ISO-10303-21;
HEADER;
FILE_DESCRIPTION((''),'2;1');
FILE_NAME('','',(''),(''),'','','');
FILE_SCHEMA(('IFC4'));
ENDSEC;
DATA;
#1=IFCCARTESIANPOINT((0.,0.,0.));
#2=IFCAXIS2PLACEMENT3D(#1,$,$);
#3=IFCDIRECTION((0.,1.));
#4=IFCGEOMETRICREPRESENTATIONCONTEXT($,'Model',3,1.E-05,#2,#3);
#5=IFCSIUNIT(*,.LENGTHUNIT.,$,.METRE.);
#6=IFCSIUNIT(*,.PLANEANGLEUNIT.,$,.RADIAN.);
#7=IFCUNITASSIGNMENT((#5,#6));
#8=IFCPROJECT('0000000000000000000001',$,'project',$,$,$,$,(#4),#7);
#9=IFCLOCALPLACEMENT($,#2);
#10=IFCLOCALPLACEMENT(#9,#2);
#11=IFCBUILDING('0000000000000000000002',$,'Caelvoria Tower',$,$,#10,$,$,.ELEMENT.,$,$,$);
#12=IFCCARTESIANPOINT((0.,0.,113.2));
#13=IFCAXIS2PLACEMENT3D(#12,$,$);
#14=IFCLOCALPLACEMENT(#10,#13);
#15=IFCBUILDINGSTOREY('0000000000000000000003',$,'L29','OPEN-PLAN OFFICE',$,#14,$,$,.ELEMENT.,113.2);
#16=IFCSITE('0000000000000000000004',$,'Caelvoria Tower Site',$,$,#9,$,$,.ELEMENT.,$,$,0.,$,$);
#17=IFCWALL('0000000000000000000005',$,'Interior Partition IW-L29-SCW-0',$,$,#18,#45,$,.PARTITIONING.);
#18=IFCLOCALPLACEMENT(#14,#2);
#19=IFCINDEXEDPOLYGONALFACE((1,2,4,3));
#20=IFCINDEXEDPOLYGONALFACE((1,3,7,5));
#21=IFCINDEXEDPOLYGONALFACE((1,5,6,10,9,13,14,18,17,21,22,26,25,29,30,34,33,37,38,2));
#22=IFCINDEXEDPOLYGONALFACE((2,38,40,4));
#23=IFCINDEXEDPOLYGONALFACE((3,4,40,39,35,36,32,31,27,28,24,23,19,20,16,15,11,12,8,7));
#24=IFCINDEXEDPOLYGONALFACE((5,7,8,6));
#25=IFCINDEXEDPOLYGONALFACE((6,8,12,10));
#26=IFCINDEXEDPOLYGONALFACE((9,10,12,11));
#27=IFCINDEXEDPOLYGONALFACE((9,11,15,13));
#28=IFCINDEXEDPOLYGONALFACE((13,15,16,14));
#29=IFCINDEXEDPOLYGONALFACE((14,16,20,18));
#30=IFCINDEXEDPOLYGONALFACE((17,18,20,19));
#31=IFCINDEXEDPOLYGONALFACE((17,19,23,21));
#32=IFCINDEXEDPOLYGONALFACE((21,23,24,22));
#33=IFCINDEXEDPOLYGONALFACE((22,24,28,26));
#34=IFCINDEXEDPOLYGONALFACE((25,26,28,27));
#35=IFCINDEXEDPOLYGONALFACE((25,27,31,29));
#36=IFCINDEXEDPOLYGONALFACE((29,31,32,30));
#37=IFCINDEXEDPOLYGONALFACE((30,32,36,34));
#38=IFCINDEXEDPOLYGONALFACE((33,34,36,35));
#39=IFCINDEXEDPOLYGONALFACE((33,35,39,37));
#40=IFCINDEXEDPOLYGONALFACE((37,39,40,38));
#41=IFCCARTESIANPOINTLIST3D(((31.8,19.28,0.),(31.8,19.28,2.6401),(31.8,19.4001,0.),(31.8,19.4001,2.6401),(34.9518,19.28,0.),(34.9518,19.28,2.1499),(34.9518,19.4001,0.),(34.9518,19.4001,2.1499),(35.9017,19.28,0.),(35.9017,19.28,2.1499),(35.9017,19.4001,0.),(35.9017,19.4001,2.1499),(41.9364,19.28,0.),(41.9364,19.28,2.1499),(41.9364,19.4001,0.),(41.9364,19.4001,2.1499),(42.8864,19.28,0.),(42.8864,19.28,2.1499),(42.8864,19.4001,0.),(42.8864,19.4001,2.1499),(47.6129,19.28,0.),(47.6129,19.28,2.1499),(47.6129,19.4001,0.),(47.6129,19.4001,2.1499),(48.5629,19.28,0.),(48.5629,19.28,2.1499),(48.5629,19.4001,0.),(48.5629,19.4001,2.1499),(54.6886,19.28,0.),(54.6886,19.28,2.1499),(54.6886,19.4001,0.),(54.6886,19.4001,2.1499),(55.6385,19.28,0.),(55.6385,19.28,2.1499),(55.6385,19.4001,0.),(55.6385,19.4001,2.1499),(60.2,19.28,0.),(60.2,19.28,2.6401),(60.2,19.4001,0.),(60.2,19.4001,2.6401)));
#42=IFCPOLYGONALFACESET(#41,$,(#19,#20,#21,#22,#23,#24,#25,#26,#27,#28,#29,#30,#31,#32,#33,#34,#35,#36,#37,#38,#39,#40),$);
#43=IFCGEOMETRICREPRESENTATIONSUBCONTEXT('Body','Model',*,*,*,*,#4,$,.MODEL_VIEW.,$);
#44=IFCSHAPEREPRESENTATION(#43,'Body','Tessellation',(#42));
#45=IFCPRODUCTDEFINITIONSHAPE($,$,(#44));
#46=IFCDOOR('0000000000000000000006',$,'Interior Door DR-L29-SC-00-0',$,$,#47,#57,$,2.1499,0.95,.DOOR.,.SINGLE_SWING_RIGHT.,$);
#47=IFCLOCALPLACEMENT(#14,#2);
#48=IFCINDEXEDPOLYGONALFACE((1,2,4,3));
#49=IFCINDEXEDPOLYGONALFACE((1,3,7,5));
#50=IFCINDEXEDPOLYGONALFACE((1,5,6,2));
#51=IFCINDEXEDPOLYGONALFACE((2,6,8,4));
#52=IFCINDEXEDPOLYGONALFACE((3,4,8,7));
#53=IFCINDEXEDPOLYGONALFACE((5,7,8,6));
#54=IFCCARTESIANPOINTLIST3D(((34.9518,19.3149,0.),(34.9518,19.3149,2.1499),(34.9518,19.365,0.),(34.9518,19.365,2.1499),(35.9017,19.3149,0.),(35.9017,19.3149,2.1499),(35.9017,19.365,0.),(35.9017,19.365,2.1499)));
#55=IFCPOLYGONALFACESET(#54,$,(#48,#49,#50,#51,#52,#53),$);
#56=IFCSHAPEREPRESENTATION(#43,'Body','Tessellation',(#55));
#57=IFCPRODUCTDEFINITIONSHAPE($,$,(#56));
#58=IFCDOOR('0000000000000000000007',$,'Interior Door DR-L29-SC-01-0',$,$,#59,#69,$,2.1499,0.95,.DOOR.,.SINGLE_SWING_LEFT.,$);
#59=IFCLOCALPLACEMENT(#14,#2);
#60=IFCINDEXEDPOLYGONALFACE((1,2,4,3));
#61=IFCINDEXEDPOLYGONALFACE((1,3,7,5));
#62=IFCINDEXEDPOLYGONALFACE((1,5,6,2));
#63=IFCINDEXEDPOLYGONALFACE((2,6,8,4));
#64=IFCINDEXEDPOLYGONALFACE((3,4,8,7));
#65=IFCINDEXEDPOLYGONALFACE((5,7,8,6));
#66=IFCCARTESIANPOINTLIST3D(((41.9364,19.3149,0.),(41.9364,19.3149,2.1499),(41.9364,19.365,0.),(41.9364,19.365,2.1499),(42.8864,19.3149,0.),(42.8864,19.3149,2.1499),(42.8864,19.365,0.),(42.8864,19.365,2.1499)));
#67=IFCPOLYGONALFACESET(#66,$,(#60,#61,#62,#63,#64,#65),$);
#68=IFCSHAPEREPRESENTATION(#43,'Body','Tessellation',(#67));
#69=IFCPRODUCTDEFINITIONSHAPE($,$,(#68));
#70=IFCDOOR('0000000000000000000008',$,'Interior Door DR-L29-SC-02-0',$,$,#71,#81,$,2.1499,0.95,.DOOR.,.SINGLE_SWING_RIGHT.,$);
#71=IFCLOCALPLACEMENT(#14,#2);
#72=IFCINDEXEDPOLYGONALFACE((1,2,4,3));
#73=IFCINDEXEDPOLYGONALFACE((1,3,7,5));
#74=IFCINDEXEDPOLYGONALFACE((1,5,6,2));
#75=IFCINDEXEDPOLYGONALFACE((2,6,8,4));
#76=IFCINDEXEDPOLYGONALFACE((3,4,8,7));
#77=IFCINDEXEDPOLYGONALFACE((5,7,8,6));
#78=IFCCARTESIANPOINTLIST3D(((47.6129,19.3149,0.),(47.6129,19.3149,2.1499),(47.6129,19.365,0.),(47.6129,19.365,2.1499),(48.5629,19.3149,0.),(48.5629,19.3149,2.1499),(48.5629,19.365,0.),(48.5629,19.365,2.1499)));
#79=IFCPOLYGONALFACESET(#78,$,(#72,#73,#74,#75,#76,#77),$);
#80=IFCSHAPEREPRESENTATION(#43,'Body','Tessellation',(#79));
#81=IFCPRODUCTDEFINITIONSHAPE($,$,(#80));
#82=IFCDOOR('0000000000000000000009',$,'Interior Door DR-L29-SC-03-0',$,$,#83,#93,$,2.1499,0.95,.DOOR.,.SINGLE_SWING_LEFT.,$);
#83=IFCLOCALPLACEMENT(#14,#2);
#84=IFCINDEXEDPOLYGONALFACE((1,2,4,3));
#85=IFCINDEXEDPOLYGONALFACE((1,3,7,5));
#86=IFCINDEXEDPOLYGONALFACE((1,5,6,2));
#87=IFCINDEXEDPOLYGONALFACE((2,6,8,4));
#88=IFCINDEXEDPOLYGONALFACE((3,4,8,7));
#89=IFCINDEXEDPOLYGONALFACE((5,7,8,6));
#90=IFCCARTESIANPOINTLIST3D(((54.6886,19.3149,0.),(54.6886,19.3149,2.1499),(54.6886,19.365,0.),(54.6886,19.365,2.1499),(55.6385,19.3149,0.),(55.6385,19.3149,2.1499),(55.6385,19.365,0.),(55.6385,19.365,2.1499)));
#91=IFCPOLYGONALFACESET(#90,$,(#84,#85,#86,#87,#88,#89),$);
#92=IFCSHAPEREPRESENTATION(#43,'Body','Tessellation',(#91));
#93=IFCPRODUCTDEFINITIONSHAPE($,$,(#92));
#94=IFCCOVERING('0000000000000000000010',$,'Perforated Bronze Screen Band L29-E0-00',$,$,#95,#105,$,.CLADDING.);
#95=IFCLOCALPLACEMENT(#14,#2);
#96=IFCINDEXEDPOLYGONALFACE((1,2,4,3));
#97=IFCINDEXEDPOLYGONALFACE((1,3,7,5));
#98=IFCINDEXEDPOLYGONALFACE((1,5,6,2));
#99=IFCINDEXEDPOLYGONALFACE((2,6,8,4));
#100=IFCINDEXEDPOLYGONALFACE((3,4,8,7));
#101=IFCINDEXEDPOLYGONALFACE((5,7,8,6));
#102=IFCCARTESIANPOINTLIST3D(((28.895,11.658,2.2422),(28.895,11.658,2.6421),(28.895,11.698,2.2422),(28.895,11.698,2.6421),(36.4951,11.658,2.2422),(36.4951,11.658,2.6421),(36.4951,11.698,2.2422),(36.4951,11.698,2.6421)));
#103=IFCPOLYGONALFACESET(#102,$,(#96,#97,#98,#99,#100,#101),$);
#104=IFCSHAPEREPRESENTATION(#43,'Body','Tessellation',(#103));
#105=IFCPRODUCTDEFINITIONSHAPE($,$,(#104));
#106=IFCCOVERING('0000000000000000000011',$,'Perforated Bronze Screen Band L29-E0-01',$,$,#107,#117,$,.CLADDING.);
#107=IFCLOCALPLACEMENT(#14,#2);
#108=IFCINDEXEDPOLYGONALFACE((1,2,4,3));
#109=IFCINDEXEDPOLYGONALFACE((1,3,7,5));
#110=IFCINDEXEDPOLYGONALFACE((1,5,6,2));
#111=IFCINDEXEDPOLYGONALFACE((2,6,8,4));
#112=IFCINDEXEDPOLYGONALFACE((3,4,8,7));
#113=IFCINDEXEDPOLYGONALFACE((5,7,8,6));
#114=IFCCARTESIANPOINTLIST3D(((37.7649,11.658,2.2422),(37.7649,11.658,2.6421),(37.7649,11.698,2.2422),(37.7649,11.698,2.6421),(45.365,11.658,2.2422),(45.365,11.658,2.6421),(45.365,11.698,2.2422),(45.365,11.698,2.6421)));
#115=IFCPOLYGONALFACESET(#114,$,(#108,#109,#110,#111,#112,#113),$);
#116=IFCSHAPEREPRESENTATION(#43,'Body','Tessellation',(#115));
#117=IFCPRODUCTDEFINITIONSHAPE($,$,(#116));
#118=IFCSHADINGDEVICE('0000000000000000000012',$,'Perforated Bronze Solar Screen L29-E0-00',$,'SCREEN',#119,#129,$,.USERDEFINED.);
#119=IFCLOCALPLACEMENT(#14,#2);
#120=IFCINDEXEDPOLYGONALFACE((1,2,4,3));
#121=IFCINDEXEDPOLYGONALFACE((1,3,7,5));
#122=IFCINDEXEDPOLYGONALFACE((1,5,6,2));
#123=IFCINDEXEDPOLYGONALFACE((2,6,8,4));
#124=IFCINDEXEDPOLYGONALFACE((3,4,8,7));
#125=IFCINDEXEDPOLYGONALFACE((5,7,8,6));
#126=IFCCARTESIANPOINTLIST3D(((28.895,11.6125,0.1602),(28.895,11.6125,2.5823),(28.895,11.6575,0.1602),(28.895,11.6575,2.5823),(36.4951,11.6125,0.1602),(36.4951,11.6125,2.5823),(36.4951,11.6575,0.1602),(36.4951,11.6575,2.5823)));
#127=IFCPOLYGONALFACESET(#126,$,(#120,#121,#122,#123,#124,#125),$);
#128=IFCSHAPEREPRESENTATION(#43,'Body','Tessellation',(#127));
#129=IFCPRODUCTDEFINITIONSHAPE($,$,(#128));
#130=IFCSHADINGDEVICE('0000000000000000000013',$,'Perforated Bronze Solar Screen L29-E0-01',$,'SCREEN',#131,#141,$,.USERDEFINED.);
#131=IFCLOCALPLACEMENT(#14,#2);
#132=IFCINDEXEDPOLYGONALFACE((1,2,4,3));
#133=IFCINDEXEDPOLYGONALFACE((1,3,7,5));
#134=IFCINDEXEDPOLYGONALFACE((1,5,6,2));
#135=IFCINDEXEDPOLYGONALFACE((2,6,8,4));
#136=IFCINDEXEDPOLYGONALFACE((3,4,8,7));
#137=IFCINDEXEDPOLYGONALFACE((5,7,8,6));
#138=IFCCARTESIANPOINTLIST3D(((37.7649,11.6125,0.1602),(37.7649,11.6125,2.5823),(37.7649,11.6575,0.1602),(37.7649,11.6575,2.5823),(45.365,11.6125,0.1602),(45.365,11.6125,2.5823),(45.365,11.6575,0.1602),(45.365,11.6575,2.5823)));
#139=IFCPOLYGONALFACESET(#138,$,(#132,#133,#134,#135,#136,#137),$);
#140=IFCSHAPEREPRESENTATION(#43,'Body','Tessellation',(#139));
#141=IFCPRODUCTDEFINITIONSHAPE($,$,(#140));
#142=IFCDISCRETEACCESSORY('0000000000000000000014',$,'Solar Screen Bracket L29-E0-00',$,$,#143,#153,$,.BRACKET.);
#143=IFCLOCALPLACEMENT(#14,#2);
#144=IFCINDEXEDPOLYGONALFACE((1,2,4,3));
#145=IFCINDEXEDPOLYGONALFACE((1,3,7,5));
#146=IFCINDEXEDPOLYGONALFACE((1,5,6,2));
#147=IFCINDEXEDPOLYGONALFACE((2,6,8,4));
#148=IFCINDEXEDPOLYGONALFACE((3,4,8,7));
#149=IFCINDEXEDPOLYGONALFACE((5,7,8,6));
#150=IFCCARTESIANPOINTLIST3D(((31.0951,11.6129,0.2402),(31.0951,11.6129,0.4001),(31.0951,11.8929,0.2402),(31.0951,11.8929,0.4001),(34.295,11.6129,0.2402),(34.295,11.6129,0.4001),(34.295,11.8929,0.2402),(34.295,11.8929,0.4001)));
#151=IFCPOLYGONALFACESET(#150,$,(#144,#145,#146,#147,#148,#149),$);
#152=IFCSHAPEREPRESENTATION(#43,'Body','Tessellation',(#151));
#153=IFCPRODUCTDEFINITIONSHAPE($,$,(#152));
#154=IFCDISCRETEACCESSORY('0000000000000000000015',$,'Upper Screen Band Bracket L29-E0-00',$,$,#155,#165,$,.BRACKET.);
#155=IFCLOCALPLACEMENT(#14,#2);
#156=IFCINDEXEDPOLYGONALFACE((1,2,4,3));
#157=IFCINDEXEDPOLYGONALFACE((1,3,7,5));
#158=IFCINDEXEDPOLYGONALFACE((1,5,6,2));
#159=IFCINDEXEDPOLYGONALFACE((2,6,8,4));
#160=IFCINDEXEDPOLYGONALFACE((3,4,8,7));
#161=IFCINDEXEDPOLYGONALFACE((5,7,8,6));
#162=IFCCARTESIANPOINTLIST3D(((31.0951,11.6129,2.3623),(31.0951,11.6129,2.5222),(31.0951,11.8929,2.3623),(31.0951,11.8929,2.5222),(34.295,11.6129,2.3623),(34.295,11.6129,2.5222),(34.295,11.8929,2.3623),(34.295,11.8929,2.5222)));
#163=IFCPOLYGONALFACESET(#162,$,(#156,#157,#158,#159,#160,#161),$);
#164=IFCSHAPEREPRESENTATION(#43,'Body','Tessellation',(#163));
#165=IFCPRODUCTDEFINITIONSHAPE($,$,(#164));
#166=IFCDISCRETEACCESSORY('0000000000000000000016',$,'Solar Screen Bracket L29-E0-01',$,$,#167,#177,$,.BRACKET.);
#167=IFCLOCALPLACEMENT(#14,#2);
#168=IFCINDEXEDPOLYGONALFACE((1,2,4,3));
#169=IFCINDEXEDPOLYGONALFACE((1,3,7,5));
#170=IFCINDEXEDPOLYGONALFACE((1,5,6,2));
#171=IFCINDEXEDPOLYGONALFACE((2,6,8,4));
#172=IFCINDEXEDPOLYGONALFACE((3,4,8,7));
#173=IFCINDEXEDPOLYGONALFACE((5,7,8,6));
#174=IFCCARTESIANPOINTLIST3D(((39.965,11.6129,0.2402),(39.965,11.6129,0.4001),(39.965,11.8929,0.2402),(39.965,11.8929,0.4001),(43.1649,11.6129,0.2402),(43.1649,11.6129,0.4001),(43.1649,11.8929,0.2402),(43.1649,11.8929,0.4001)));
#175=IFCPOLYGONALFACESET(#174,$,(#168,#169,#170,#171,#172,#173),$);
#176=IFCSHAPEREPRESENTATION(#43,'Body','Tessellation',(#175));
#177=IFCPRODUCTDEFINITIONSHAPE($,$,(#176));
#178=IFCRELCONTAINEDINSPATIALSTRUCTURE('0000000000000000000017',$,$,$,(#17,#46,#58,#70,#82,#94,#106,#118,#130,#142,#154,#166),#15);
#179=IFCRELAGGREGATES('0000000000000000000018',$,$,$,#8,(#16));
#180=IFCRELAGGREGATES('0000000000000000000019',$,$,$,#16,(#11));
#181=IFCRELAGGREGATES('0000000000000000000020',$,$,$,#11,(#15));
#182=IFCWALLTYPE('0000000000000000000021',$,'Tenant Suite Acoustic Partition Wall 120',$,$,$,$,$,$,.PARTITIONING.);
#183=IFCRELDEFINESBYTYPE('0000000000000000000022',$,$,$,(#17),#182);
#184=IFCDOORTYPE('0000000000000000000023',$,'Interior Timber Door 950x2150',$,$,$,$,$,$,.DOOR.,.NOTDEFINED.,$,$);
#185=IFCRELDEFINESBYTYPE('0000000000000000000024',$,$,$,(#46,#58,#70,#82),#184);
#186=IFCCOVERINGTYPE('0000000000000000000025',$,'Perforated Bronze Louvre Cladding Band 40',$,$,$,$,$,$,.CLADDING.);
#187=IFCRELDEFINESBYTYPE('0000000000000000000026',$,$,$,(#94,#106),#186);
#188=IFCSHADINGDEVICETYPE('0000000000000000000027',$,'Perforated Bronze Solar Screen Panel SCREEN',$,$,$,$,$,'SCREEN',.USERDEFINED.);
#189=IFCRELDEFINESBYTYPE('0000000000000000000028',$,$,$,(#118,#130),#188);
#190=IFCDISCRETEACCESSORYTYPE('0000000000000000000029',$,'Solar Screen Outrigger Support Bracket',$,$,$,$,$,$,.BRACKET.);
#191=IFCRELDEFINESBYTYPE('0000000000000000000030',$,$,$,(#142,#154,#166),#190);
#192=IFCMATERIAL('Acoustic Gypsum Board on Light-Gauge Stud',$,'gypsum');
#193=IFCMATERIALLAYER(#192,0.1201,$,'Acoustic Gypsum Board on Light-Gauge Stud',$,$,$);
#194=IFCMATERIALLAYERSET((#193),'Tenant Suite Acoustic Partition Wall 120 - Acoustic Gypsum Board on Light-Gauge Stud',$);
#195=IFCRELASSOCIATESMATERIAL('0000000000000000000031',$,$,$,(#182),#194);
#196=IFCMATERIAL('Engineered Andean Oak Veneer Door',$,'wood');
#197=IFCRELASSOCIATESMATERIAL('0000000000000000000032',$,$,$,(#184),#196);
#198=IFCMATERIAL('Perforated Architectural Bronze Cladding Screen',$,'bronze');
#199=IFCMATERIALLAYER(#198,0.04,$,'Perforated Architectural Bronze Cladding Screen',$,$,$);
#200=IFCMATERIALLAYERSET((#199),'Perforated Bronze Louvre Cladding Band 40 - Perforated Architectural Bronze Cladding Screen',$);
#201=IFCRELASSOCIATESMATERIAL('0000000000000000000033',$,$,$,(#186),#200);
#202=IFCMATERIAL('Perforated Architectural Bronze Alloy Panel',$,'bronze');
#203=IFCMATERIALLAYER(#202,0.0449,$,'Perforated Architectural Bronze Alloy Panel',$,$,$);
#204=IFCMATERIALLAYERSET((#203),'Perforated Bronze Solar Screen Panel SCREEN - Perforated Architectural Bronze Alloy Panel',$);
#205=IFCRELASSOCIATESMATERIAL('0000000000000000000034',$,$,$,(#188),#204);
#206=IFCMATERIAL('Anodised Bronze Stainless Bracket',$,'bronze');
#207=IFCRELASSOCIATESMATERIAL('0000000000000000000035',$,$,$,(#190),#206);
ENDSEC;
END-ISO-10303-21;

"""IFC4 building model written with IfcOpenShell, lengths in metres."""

from ifc_helpers import new_model, si_unit, direction, frame, frame_2d, origin, origin_2d, place, context, subcontext, project, spatial, rectangle, extrude, material, layer, layer_set, type_object, element, fill, save


model = new_model("IFC4")

# Units and contexts
model_context = context("Model", 3, precision=1e-05, world=origin(), true_north=direction((0.0, 1.0)))
body_context = subcontext(model_context, "Body", "Model", "MODEL_VIEW")
ifc_project = project(units=[si_unit("LENGTHUNIT", "METRE"), si_unit("PLANEANGLEUNIT", "RADIAN")], contexts=[model_context])

# Site, building, storey
site_placement = place(None, origin())
site = spatial("IfcSite", under=ifc_project, at=site_placement, Name="Caelvoria Tower Site", CompositionType="ELEMENT", RefElevation=0.0)
building_placement = place(site_placement, origin())
building = spatial("IfcBuilding", under=site, at=building_placement, Name="Caelvoria Tower", CompositionType="ELEMENT")
storey_placement = place(building_placement, frame((0.0, 0.0, 113.2)))
storey = spatial("IfcBuildingStorey", under=building, at=storey_placement, Name="L29", Description="OPEN-PLAN OFFICE", CompositionType="ELEMENT", Elevation=113.2)

# Wall, openings, doors
ifc_material_1 = material(Name="Acoustic Gypsum Board on Light-Gauge Stud", Category="gypsum")
ifc_layer_1 = layer(ifc_material_1, 0.1201, Name="Acoustic Gypsum Board on Light-Gauge Stud")
ifc_layer_set_1 = layer_set([ifc_layer_1], Name="Tenant Suite Acoustic Partition Wall 120 - Acoustic Gypsum Board on Light-Gauge Stud")
wall_type_1 = type_object("IfcWallType", Name="Tenant Suite Acoustic Partition Wall 120", PredefinedType="PARTITIONING", material=ifc_layer_set_1)
wall_1_placement = place(storey_placement, frame((31.8, 19.3401, 0.0), z_axis=(0.0, 0.0, 1.0), x_axis=(1.0, 0.0, 0.0)))
wall_1 = element("IfcWall", 1, at=wall_1_placement, inside=storey, type_object=wall_type_1, Name="Interior Partition IW-L29-SCW-0", PredefinedType="PARTITIONING", context=body_context, shape_type="SweptSolid", body=[
    extrude(rectangle(XDim=28.3999, YDim=0.1201, at=frame_2d((14.2, 0.0))), origin(), (0.0, 0.0, 1.0), 2.6401),
])
opening_1_placement = place(wall_1_placement, frame((3.1516, 0.0, 0.0)))
opening_1 = element("IfcOpeningElement", 2, at=opening_1_placement, cuts=wall_1, PredefinedType="OPENING", context=body_context, shape_type="SweptSolid", body=[
    extrude(rectangle(XDim=0.95, YDim=2.1499, at=frame_2d((0.4751, 1.075))), frame((0.0, 0.0701, 0.0), z_axis=(0.0, -1.0, 0.0), x_axis=(1.0, 0.0, 0.0)), (0.0, 0.0, 1.0), 0.1401),
])
opening_2_placement = place(wall_1_placement, frame((10.1362, 0.0, 0.0)))
opening_2 = element("IfcOpeningElement", 3, at=opening_2_placement, cuts=wall_1, PredefinedType="OPENING", context=body_context, shape_type="SweptSolid", body=[
    extrude(rectangle(XDim=0.95, YDim=2.1499, at=frame_2d((0.4751, 1.075))), frame((0.0, 0.0701, 0.0), z_axis=(0.0, -1.0, 0.0), x_axis=(1.0, 0.0, 0.0)), (0.0, 0.0, 1.0), 0.1401),
])
opening_3_placement = place(wall_1_placement, frame((15.8127, 0.0, 0.0)))
opening_3 = element("IfcOpeningElement", 4, at=opening_3_placement, cuts=wall_1, PredefinedType="OPENING", context=body_context, shape_type="SweptSolid", body=[
    extrude(rectangle(XDim=0.95, YDim=2.1499, at=frame_2d((0.4751, 1.075))), frame((0.0, 0.0701, 0.0), z_axis=(0.0, -1.0, 0.0), x_axis=(1.0, 0.0, 0.0)), (0.0, 0.0, 1.0), 0.1401),
])
opening_4_placement = place(wall_1_placement, frame((22.8884, 0.0, 0.0)))
opening_4 = element("IfcOpeningElement", 5, at=opening_4_placement, cuts=wall_1, PredefinedType="OPENING", context=body_context, shape_type="SweptSolid", body=[
    extrude(rectangle(XDim=0.95, YDim=2.1499, at=frame_2d((0.4751, 1.075))), frame((0.0, 0.0701, 0.0), z_axis=(0.0, -1.0, 0.0), x_axis=(1.0, 0.0, 0.0)), (0.0, 0.0, 1.0), 0.1401),
])
ifc_material_2 = material(Name="Engineered Andean Oak Veneer Door", Category="wood")
door_type = type_object("IfcDoorType", Name="Interior Timber Door 950x2150", OperationType="NOTDEFINED", PredefinedType="DOOR", material=ifc_material_2)
door_1_placement = place(opening_1_placement, origin())
door_1 = element("IfcDoor", 6, at=door_1_placement, inside=storey, type_object=door_type, Name="Interior Door DR-L29-SC-00-0", OperationType="SINGLE_SWING_RIGHT", OverallHeight=2.1499, OverallWidth=0.95, PredefinedType="DOOR", context=body_context, shape_type="SweptSolid", body=[
    extrude(rectangle(XDim=0.95, YDim=2.1499, at=frame_2d((0.4751, 1.075))), frame((0.0, 0.0249, 0.0), z_axis=(0.0, -1.0, 0.0), x_axis=(1.0, 0.0, 0.0)), (0.0, 0.0, 1.0), 0.05),
])
fill(opening_1, door_1)
door_2_placement = place(opening_2_placement, origin())
door_2 = element("IfcDoor", 7, at=door_2_placement, inside=storey, type_object=door_type, Name="Interior Door DR-L29-SC-01-0", OperationType="SINGLE_SWING_LEFT", OverallHeight=2.1499, OverallWidth=0.95, PredefinedType="DOOR", context=body_context, shape_type="SweptSolid", body=[
    extrude(rectangle(XDim=0.95, YDim=2.1499, at=frame_2d((0.4751, 1.075))), frame((0.0, 0.0249, 0.0), z_axis=(0.0, -1.0, 0.0), x_axis=(1.0, 0.0, 0.0)), (0.0, 0.0, 1.0), 0.05),
])
fill(opening_2, door_2)
door_3_placement = place(opening_3_placement, origin())
door_3 = element("IfcDoor", 8, at=door_3_placement, inside=storey, type_object=door_type, Name="Interior Door DR-L29-SC-02-0", OperationType="SINGLE_SWING_RIGHT", OverallHeight=2.1499, OverallWidth=0.95, PredefinedType="DOOR", context=body_context, shape_type="SweptSolid", body=[
    extrude(rectangle(XDim=0.95, YDim=2.1499, at=frame_2d((0.4751, 1.075))), frame((0.0, 0.0249, 0.0), z_axis=(0.0, -1.0, 0.0), x_axis=(1.0, 0.0, 0.0)), (0.0, 0.0, 1.0), 0.05),
])
fill(opening_3, door_3)
door_4_placement = place(opening_4_placement, origin())
door_4 = element("IfcDoor", 9, at=door_4_placement, inside=storey, type_object=door_type, Name="Interior Door DR-L29-SC-03-0", OperationType="SINGLE_SWING_LEFT", OverallHeight=2.1499, OverallWidth=0.95, PredefinedType="DOOR", context=body_context, shape_type="SweptSolid", body=[
    extrude(rectangle(XDim=0.95, YDim=2.1499, at=frame_2d((0.4751, 1.075))), frame((0.0, 0.0249, 0.0), z_axis=(0.0, -1.0, 0.0), x_axis=(1.0, 0.0, 0.0)), (0.0, 0.0, 1.0), 0.05),
])
fill(opening_4, door_4)

# Coverings
ifc_material_3 = material(Name="Perforated Architectural Bronze Cladding Screen", Category="bronze")
ifc_layer_2 = layer(ifc_material_3, 0.04, Name="Perforated Architectural Bronze Cladding Screen")
ifc_layer_set_2 = layer_set([ifc_layer_2], Name="Perforated Bronze Louvre Cladding Band 40 - Perforated Architectural Bronze Cladding Screen")
covering_type = type_object("IfcCoveringType", Name="Perforated Bronze Louvre Cladding Band 40", PredefinedType="CLADDING", material=ifc_layer_set_2)
for number, where, z_axis, x_axis, name in (
    (10, (32.6951, 11.678, 2.2422), (0.0, 0.0, 1.0), (1.0, 0.0, 0.0), "Perforated Bronze Screen Band L29-E0-00"),
    (11, (41.5649, 11.678, 2.2422), (0.0, 0.0, 1.0), (1.0, 0.0, 0.0), "Perforated Bronze Screen Band L29-E0-01"),
):
    element("IfcCovering", number, at=place(storey_placement, frame(where, z_axis=z_axis, x_axis=x_axis)), inside=storey, type_object=covering_type, Name=name, PredefinedType="CLADDING", context=body_context, shape_type="SweptSolid", body=[
        extrude(rectangle(XDim=7.6001, YDim=0.04, at=origin_2d()), origin(), (0.0, 0.0, 1.0), 0.3999),
    ])

# Shading devices
ifc_material_4 = material(Name="Perforated Architectural Bronze Alloy Panel", Category="bronze")
ifc_layer_3 = layer(ifc_material_4, 0.0449, Name="Perforated Architectural Bronze Alloy Panel")
ifc_layer_set_3 = layer_set([ifc_layer_3], Name="Perforated Bronze Solar Screen Panel SCREEN - Perforated Architectural Bronze Alloy Panel")
shading_device_type = type_object("IfcShadingDeviceType", Name="Perforated Bronze Solar Screen Panel SCREEN", ElementType="SCREEN", PredefinedType="USERDEFINED", material=ifc_layer_set_3)
for number, where, z_axis, x_axis, name in (
    (12, (32.6951, 11.635, 0.1602), (0.0, 0.0, 1.0), (1.0, 0.0, 0.0), "Perforated Bronze Solar Screen L29-E0-00"),
    (13, (41.5649, 11.635, 0.1602), (0.0, 0.0, 1.0), (1.0, 0.0, 0.0), "Perforated Bronze Solar Screen L29-E0-01"),
):
    element("IfcShadingDevice", number, at=place(storey_placement, frame(where, z_axis=z_axis, x_axis=x_axis)), inside=storey, type_object=shading_device_type, Name=name, ObjectType="SCREEN", PredefinedType="USERDEFINED", context=body_context, shape_type="SweptSolid", body=[
        extrude(rectangle(XDim=7.6001, YDim=0.0449, at=origin_2d()), origin(), (0.0, 0.0, 1.0), 2.4221),
    ])

# Discrete accessories
ifc_material_5 = material(Name="Anodised Bronze Stainless Bracket", Category="bronze")
discrete_accessory_type = type_object("IfcDiscreteAccessoryType", Name="Solar Screen Outrigger Support Bracket", PredefinedType="BRACKET", material=ifc_material_5)
for number, where, z_axis, x_axis, name in (
    (14, (32.6951, 11.7529, 0.2402), (0.0, 0.0, 1.0), (1.0, 0.0, 0.0), "Solar Screen Bracket L29-E0-00"),
    (15, (32.6951, 11.7529, 2.3623), (0.0, 0.0, 1.0), (1.0, 0.0, 0.0), "Upper Screen Band Bracket L29-E0-00"),
    (16, (41.5649, 11.7529, 0.2402), (0.0, 0.0, 1.0), (1.0, 0.0, 0.0), "Solar Screen Bracket L29-E0-01"),
):
    element("IfcDiscreteAccessory", number, at=place(storey_placement, frame(where, z_axis=z_axis, x_axis=x_axis)), inside=storey, type_object=discrete_accessory_type, Name=name, PredefinedType="BRACKET", context=body_context, shape_type="SweptSolid", body=[
        extrude(rectangle(XDim=3.2, YDim=0.28, at=origin_2d()), origin(), (0.0, 0.0, 1.0), 0.1599),
    ])

save(model, "model.ifc")
